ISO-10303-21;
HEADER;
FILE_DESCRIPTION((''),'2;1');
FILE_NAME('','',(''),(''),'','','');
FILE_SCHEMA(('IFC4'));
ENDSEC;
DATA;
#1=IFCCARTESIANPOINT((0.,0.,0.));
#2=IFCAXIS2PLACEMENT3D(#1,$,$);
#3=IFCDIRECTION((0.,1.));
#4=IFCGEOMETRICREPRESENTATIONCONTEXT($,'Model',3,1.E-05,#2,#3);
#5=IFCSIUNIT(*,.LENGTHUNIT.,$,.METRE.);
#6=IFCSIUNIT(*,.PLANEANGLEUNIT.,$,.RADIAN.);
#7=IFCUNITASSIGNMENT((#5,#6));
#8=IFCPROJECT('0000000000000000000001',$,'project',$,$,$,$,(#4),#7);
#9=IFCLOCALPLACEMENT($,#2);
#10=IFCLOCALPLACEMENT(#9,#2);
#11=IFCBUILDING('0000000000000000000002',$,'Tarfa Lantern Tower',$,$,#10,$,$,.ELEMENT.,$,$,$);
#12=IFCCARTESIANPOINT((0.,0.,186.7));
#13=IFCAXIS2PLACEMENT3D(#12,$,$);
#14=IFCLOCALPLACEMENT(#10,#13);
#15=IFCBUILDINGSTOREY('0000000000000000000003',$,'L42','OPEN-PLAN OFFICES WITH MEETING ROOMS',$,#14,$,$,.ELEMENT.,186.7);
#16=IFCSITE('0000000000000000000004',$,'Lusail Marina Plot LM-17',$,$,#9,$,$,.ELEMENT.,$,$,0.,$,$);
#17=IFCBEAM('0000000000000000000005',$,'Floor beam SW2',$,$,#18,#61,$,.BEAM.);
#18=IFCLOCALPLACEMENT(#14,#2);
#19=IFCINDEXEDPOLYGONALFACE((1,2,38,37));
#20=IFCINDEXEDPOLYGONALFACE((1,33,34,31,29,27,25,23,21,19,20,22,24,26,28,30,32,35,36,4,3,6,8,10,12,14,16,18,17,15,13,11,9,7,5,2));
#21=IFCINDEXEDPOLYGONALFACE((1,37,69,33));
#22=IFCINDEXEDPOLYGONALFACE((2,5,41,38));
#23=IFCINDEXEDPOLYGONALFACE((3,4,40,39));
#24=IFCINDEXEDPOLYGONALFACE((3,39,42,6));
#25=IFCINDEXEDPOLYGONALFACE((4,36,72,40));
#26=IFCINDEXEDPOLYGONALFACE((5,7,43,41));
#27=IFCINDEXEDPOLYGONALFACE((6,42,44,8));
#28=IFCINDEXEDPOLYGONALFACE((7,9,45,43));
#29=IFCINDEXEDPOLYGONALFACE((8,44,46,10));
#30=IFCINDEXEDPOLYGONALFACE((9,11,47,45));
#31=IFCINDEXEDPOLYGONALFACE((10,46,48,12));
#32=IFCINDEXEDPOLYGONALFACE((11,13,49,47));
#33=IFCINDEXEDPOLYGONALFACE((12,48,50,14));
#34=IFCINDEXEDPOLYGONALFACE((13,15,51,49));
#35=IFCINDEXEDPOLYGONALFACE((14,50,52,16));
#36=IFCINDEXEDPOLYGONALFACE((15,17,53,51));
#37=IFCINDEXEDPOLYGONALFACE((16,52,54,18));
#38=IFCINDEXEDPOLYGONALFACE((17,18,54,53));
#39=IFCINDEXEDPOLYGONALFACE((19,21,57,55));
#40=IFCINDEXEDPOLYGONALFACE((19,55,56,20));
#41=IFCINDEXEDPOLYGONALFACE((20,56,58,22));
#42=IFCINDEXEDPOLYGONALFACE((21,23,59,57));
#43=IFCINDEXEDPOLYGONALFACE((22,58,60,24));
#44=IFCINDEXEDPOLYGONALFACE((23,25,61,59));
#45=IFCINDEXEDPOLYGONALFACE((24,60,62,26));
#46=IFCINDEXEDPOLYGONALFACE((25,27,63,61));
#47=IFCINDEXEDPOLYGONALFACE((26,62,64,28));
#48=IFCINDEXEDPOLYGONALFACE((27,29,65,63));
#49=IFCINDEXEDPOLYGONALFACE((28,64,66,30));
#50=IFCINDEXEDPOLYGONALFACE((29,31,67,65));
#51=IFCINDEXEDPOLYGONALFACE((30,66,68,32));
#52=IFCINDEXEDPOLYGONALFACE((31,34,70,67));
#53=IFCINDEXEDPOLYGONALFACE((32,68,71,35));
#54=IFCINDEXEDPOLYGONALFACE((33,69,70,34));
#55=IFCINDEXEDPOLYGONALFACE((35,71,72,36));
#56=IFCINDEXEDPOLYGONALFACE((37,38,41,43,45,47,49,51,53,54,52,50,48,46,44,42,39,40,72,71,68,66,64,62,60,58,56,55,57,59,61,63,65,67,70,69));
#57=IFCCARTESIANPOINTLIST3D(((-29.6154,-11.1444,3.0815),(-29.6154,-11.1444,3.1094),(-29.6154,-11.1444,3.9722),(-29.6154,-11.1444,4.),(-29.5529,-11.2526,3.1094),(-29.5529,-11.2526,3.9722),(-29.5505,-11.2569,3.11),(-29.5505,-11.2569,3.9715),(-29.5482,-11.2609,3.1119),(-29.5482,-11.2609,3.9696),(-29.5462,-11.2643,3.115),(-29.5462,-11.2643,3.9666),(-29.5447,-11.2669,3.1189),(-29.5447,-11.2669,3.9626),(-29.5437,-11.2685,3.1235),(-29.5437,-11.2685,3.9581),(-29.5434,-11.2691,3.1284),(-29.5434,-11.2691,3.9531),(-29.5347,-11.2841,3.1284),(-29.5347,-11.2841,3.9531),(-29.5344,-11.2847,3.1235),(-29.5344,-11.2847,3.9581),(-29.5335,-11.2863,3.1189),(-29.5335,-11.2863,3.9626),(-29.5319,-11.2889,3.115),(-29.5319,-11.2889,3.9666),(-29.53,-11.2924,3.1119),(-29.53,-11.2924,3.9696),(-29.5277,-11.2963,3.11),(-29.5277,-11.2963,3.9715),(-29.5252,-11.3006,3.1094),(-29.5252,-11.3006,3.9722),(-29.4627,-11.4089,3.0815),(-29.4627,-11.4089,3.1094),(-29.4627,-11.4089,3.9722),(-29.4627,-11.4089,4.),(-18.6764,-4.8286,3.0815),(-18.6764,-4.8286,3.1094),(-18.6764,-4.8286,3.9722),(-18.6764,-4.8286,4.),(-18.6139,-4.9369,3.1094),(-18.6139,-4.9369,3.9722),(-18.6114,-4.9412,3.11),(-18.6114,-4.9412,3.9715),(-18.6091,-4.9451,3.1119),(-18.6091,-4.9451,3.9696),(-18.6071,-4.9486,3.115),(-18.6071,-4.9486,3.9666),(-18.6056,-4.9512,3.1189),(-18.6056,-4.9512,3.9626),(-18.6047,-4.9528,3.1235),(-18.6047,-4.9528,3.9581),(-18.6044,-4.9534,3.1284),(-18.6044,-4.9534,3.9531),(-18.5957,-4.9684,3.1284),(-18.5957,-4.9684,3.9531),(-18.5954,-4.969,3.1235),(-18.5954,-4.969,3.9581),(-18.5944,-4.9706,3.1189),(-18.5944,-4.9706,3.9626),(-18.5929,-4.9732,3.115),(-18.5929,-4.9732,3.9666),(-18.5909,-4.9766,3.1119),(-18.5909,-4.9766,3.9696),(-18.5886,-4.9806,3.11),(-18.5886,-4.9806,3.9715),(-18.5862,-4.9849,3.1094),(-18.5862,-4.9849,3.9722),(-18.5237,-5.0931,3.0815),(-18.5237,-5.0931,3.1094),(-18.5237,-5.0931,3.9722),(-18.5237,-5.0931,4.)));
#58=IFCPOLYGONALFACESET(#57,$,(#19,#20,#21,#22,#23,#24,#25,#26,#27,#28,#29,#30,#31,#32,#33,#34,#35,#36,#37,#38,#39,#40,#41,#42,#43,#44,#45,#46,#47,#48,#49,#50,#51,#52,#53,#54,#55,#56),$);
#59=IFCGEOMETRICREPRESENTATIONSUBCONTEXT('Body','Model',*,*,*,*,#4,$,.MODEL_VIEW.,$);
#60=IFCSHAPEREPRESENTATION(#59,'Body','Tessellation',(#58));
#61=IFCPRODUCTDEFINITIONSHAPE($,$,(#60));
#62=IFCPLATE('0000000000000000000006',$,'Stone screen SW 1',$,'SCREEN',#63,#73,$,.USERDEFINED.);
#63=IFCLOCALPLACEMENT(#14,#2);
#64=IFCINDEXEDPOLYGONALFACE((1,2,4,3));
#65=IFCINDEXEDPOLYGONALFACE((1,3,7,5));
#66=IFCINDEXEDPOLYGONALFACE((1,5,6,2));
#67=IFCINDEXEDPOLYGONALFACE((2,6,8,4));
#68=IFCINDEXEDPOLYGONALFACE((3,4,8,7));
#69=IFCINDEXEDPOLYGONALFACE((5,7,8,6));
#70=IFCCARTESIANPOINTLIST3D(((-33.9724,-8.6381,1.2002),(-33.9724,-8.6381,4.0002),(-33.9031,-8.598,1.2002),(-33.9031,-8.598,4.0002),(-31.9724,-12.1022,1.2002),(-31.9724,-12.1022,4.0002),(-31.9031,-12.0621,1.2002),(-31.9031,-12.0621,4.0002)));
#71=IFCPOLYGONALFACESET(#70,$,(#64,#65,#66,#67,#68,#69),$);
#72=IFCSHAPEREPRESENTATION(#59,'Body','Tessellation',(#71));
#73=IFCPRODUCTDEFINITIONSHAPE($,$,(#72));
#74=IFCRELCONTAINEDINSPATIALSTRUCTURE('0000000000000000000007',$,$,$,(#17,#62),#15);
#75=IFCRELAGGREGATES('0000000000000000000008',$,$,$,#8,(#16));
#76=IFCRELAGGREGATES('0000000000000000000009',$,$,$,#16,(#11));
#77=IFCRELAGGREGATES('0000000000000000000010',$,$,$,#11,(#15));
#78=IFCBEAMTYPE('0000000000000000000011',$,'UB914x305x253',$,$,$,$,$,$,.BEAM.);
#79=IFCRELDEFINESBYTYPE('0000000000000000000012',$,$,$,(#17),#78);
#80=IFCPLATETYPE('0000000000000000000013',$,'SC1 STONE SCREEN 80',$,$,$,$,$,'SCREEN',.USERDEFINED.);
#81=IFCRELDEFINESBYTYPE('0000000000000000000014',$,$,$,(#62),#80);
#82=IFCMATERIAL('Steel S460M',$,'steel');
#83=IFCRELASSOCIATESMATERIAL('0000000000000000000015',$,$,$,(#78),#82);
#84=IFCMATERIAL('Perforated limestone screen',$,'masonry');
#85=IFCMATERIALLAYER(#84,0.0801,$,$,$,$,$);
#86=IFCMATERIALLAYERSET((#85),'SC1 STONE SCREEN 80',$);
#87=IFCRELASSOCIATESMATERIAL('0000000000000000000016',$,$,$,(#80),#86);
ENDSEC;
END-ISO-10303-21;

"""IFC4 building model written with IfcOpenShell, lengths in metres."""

from ifc_helpers import new_model, si_unit, direction, frame, origin, origin_2d, place, context, subcontext, project, spatial, rectangle, i_section, extrude, material, layer, layer_set, material_profile, profile_set, type_object, element, save


model = new_model("IFC4")

# Units and contexts
model_context = context("Model", 3, precision=1e-05, world=origin(), true_north=direction((0.0, 1.0)))
body_context = subcontext(model_context, "Body", "Model", "MODEL_VIEW")
ifc_project = project(units=[si_unit("LENGTHUNIT", "METRE"), si_unit("PLANEANGLEUNIT", "RADIAN")], contexts=[model_context])

# Site, building, storey
site_placement = place(None, origin())
site = spatial("IfcSite", under=ifc_project, at=site_placement, Name="Lusail Marina Plot LM-17", CompositionType="ELEMENT", RefElevation=0.0)
building_placement = place(site_placement, origin())
building = spatial("IfcBuilding", under=site, at=building_placement, Name="Tarfa Lantern Tower", CompositionType="ELEMENT")
storey_placement = place(building_placement, frame((0.0, 0.0, 186.7)))
storey = spatial("IfcBuildingStorey", under=building, at=storey_placement, Name="L42", Description="OPEN-PLAN OFFICES WITH MEETING ROOMS", CompositionType="ELEMENT", Elevation=186.7)

# Beam
ifc_material_1 = material(Name="Steel S460M", Category="steel")
ifc_material_profile_1 = material_profile(ifc_material_1, i_section(OverallWidth=0.3054, OverallDepth=0.9185, WebThickness=0.0173, FlangeThickness=0.0278, FilletRadius=0.019, at=origin_2d()), Name="UB914x305x253")
ifc_profile_set_1 = profile_set([ifc_material_profile_1], Name="Steel S460M")
beam_type_1 = type_object("IfcBeamType", Name="UB914x305x253", PredefinedType="BEAM", material=ifc_profile_set_1)
beam_1_placement = place(storey_placement, frame((-29.5391, -11.2766, 3.5408), z_axis=(0.866023, 0.500004, 0.0), x_axis=(-0.500004, 0.866023, 0.0)))
element("IfcBeam", 1, at=beam_1_placement, inside=storey, type_object=beam_type_1, Name="Floor beam SW2", PredefinedType="BEAM", context=body_context, shape_type="SweptSolid", body=[
    extrude(i_section(OverallWidth=0.3054, OverallDepth=0.9185, WebThickness=0.0173, FlangeThickness=0.0278, FilletRadius=0.019, at=origin_2d()), origin(), (0.0, 0.0, 1.0), 12.6313),
])

# Plate
ifc_material_2 = material(Name="Perforated limestone screen", Category="masonry")
ifc_layer_1 = layer(ifc_material_2, 0.0801)
ifc_layer_set_1 = layer_set([ifc_layer_1], Name="SC1 STONE SCREEN 80")
plate_type = type_object("IfcPlateType", Name="SC1 STONE SCREEN 80", ElementType="SCREEN", PredefinedType="USERDEFINED", material=ifc_layer_set_1)
plate_placement = place(storey_placement, frame((-32.9377, -10.3501, 1.2002), z_axis=(0.0, 0.0, 1.0), x_axis=(0.5, -0.866025, 0.0)))
element("IfcPlate", 2, at=plate_placement, inside=storey, type_object=plate_type, Name="Stone screen SW 1", ObjectType="SCREEN", PredefinedType="USERDEFINED", context=body_context, shape_type="SweptSolid", body=[
    extrude(rectangle(XDim=4.0, YDim=0.0801, at=origin_2d()), origin(), (0.0, 0.0, 1.0), 2.8),
])

save(model, "model.ifc")
